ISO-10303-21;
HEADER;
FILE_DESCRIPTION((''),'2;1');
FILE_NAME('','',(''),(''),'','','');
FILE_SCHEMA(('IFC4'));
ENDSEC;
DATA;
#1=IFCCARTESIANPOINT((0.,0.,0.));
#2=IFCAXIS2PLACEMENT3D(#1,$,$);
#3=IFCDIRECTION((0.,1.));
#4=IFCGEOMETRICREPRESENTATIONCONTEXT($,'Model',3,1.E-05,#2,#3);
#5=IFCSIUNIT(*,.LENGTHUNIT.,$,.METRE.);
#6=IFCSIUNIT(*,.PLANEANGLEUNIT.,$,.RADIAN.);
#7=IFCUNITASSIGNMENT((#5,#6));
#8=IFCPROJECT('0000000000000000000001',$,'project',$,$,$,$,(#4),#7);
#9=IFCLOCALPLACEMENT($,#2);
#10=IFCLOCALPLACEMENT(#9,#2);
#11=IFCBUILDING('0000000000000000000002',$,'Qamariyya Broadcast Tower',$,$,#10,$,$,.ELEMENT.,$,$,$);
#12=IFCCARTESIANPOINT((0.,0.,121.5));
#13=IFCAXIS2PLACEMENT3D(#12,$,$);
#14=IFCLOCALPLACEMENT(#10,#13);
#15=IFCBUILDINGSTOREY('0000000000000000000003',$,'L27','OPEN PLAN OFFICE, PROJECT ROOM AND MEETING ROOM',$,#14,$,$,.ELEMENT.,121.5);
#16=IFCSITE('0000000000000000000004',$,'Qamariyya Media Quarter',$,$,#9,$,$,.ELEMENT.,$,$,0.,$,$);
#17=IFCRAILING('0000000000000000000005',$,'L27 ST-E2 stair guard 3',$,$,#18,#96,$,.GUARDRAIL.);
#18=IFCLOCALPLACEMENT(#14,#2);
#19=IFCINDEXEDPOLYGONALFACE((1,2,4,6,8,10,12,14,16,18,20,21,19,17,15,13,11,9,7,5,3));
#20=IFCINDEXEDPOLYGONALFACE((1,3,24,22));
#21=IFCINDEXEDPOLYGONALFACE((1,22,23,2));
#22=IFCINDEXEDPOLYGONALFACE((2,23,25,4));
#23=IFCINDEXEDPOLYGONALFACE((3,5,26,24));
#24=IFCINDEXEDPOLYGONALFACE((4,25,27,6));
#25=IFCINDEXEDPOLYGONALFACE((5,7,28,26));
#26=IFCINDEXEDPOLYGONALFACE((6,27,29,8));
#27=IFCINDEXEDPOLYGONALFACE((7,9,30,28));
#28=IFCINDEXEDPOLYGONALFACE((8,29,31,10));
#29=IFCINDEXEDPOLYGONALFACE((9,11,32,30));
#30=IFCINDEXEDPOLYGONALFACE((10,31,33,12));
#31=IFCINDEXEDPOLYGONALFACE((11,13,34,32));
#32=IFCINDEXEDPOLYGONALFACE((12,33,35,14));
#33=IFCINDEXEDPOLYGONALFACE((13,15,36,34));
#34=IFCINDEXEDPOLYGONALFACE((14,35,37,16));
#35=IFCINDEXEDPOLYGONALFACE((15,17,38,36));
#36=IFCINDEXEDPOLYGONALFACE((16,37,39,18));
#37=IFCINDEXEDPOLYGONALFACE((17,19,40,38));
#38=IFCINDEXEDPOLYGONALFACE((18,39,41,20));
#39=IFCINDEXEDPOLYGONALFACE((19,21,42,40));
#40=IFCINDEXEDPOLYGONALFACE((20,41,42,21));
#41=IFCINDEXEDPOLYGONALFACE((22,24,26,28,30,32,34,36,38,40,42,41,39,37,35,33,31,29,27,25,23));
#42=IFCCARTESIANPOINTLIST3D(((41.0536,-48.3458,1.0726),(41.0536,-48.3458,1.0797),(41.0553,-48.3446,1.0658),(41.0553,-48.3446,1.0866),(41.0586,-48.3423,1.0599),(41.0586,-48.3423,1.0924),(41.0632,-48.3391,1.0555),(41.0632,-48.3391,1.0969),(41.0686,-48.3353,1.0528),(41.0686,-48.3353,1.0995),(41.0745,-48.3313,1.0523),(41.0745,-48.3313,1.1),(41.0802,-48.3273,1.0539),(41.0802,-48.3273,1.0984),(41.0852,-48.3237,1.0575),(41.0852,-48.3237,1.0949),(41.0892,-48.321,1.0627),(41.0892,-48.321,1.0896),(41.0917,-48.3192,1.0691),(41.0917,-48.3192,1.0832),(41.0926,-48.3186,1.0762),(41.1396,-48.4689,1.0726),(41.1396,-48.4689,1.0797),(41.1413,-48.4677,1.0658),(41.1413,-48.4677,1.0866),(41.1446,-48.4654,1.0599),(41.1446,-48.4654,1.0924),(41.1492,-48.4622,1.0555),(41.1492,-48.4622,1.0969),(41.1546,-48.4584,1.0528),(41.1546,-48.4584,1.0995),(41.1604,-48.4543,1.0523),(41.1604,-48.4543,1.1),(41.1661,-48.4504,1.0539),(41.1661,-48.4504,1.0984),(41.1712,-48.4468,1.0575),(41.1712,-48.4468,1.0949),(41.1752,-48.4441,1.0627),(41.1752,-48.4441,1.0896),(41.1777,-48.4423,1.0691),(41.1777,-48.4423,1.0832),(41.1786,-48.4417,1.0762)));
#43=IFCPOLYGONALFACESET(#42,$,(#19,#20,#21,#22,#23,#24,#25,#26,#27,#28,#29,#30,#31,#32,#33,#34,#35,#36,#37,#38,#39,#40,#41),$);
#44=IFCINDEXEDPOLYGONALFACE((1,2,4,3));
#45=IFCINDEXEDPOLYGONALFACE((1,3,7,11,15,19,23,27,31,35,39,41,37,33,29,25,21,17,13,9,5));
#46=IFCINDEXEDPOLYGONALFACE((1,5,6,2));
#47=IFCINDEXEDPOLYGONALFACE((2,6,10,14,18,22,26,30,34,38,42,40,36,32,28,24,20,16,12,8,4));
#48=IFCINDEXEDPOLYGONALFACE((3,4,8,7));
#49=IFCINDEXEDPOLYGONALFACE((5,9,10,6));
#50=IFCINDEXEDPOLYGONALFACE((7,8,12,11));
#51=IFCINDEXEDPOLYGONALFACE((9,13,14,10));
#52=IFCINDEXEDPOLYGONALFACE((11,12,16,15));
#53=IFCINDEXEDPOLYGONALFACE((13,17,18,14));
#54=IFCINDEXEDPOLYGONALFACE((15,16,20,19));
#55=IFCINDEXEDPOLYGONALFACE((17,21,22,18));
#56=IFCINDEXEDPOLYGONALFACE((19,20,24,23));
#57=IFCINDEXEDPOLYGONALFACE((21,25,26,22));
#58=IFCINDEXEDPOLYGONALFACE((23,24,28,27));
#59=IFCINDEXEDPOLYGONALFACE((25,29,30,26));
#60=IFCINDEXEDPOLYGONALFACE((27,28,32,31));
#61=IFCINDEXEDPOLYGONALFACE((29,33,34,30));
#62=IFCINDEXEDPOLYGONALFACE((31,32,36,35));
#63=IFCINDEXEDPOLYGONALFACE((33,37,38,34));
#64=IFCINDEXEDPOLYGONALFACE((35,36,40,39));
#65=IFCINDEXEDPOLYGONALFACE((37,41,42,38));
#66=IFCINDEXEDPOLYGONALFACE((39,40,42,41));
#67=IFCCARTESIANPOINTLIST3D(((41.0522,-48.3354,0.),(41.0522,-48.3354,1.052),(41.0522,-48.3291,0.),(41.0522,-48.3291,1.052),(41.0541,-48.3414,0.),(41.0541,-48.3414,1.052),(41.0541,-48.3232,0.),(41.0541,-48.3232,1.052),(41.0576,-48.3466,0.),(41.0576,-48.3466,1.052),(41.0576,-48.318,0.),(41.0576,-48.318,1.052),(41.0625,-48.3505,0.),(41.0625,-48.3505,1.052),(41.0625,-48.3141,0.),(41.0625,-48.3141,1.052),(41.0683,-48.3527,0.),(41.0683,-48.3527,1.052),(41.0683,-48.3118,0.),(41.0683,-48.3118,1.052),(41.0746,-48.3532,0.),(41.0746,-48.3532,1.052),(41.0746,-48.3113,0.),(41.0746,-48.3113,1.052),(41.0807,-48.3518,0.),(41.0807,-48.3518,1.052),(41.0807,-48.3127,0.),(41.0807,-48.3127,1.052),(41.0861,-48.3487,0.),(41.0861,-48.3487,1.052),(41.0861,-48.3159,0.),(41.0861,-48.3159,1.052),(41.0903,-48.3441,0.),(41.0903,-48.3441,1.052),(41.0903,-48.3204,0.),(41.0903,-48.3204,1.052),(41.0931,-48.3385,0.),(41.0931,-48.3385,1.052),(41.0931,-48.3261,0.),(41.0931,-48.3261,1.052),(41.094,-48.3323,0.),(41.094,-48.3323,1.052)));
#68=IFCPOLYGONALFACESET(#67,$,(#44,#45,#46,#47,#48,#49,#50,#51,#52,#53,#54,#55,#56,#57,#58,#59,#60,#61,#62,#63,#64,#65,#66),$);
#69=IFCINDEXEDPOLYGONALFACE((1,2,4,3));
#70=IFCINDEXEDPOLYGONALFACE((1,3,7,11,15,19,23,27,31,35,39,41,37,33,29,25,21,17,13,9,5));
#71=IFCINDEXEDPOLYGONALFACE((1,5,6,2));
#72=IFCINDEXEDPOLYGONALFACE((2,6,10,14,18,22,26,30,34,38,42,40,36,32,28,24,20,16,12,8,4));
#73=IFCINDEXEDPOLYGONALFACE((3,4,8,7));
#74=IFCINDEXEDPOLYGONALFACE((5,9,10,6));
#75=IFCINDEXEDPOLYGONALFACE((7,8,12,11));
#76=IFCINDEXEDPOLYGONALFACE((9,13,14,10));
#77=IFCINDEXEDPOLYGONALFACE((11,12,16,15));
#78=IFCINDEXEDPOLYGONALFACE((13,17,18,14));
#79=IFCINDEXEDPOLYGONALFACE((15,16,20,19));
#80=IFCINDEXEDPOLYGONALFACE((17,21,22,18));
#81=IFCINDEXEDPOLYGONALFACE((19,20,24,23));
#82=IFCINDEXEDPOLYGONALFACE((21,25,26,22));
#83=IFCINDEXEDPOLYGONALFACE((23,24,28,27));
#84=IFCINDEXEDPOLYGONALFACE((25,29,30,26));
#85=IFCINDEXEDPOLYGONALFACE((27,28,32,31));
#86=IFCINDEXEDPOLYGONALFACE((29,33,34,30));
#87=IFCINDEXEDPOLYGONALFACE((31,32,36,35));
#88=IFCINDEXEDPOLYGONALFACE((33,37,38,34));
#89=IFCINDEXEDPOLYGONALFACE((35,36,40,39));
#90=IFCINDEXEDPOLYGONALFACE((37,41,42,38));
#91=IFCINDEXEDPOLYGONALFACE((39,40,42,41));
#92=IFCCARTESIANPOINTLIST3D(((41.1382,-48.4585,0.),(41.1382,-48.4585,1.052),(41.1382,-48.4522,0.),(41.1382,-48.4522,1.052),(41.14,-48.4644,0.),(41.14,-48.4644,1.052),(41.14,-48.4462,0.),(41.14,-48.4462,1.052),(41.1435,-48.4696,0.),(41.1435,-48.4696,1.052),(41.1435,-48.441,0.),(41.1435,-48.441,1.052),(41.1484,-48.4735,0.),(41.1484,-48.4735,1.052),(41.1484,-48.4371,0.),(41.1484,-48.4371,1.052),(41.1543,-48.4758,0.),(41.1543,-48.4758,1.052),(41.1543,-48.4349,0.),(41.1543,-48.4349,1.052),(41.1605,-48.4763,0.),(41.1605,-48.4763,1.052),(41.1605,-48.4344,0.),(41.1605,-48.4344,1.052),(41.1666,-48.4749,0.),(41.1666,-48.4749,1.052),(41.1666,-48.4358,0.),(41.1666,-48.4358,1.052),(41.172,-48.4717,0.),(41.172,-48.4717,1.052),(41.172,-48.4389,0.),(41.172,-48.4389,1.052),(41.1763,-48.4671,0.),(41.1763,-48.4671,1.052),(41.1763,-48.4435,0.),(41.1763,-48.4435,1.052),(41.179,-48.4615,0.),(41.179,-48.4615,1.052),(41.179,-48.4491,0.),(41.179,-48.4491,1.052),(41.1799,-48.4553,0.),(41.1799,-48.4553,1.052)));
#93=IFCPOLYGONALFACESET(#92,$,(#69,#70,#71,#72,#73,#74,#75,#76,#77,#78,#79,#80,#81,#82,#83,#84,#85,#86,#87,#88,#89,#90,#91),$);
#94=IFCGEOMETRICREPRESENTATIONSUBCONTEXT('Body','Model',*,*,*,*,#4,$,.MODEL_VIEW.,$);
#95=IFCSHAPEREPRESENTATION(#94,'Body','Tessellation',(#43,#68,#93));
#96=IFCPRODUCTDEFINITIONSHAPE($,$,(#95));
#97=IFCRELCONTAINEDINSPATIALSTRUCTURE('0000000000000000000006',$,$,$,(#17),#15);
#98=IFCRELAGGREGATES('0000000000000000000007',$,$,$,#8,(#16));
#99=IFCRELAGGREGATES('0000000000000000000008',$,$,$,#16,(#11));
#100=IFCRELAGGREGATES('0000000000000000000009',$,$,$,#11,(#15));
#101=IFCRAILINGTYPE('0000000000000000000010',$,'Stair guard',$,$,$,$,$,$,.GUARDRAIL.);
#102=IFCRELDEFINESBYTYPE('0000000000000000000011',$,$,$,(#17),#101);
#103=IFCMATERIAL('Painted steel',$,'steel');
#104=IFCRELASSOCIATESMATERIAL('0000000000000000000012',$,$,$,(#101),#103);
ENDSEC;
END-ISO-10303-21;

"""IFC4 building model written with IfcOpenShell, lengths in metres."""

from ifc_helpers import new_model, si_unit, direction, frame, origin, origin_2d, place, context, subcontext, project, spatial, circle, extrude, material, type_object, element, save


model = new_model("IFC4")

# Units and contexts
model_context = context("Model", 3, precision=1e-05, world=origin(), true_north=direction((0.0, 1.0)))
body_context = subcontext(model_context, "Body", "Model", "MODEL_VIEW")
ifc_project = project(units=[si_unit("LENGTHUNIT", "METRE"), si_unit("PLANEANGLEUNIT", "RADIAN")], contexts=[model_context])

# Site, building, storey
site_placement = place(None, origin())
site = spatial("IfcSite", under=ifc_project, at=site_placement, Name="Qamariyya Media Quarter", CompositionType="ELEMENT", RefElevation=0.0)
building_placement = place(site_placement, origin())
building = spatial("IfcBuilding", under=site, at=building_placement, Name="Qamariyya Broadcast Tower", CompositionType="ELEMENT")
storey_placement = place(building_placement, frame((0.0, 0.0, 121.5)))
storey = spatial("IfcBuildingStorey", under=building, at=storey_placement, Name="L27", Description="OPEN PLAN OFFICE, PROJECT ROOM AND MEETING ROOM", CompositionType="ELEMENT", Elevation=121.5)

# Railing
ifc_material_1 = material(Name="Painted steel", Category="steel")
railing_type_1 = type_object("IfcRailingType", Name="Stair guard", PredefinedType="GUARDRAIL", material=ifc_material_1)
railing_1_placement = place(storey_placement, frame((41.073, -48.3323, 0.0)))
element("IfcRailing", 1, at=railing_1_placement, inside=storey, type_object=railing_type_1, Name="L27 ST-E2 stair guard 3", PredefinedType="GUARDRAIL", context=body_context, shape_type="SweptSolid", body=[
    extrude(circle(Radius=0.0239, at=origin_2d()), frame((0.0, 0.0, 1.0762), z_axis=(0.572589, -0.819843, 0.0), x_axis=(0.819843, 0.572589, 0.0)), (0.0, 0.0, 1.0), 0.1501),
    extrude(circle(Radius=0.021, at=origin_2d()), origin(), (0.0, 0.0, 1.0), 1.052),
    extrude(circle(Radius=0.021, at=origin_2d()), frame((0.0859, -0.123, 0.0)), (0.0, 0.0, 1.0), 1.052),
])

save(model, "model.ifc")
